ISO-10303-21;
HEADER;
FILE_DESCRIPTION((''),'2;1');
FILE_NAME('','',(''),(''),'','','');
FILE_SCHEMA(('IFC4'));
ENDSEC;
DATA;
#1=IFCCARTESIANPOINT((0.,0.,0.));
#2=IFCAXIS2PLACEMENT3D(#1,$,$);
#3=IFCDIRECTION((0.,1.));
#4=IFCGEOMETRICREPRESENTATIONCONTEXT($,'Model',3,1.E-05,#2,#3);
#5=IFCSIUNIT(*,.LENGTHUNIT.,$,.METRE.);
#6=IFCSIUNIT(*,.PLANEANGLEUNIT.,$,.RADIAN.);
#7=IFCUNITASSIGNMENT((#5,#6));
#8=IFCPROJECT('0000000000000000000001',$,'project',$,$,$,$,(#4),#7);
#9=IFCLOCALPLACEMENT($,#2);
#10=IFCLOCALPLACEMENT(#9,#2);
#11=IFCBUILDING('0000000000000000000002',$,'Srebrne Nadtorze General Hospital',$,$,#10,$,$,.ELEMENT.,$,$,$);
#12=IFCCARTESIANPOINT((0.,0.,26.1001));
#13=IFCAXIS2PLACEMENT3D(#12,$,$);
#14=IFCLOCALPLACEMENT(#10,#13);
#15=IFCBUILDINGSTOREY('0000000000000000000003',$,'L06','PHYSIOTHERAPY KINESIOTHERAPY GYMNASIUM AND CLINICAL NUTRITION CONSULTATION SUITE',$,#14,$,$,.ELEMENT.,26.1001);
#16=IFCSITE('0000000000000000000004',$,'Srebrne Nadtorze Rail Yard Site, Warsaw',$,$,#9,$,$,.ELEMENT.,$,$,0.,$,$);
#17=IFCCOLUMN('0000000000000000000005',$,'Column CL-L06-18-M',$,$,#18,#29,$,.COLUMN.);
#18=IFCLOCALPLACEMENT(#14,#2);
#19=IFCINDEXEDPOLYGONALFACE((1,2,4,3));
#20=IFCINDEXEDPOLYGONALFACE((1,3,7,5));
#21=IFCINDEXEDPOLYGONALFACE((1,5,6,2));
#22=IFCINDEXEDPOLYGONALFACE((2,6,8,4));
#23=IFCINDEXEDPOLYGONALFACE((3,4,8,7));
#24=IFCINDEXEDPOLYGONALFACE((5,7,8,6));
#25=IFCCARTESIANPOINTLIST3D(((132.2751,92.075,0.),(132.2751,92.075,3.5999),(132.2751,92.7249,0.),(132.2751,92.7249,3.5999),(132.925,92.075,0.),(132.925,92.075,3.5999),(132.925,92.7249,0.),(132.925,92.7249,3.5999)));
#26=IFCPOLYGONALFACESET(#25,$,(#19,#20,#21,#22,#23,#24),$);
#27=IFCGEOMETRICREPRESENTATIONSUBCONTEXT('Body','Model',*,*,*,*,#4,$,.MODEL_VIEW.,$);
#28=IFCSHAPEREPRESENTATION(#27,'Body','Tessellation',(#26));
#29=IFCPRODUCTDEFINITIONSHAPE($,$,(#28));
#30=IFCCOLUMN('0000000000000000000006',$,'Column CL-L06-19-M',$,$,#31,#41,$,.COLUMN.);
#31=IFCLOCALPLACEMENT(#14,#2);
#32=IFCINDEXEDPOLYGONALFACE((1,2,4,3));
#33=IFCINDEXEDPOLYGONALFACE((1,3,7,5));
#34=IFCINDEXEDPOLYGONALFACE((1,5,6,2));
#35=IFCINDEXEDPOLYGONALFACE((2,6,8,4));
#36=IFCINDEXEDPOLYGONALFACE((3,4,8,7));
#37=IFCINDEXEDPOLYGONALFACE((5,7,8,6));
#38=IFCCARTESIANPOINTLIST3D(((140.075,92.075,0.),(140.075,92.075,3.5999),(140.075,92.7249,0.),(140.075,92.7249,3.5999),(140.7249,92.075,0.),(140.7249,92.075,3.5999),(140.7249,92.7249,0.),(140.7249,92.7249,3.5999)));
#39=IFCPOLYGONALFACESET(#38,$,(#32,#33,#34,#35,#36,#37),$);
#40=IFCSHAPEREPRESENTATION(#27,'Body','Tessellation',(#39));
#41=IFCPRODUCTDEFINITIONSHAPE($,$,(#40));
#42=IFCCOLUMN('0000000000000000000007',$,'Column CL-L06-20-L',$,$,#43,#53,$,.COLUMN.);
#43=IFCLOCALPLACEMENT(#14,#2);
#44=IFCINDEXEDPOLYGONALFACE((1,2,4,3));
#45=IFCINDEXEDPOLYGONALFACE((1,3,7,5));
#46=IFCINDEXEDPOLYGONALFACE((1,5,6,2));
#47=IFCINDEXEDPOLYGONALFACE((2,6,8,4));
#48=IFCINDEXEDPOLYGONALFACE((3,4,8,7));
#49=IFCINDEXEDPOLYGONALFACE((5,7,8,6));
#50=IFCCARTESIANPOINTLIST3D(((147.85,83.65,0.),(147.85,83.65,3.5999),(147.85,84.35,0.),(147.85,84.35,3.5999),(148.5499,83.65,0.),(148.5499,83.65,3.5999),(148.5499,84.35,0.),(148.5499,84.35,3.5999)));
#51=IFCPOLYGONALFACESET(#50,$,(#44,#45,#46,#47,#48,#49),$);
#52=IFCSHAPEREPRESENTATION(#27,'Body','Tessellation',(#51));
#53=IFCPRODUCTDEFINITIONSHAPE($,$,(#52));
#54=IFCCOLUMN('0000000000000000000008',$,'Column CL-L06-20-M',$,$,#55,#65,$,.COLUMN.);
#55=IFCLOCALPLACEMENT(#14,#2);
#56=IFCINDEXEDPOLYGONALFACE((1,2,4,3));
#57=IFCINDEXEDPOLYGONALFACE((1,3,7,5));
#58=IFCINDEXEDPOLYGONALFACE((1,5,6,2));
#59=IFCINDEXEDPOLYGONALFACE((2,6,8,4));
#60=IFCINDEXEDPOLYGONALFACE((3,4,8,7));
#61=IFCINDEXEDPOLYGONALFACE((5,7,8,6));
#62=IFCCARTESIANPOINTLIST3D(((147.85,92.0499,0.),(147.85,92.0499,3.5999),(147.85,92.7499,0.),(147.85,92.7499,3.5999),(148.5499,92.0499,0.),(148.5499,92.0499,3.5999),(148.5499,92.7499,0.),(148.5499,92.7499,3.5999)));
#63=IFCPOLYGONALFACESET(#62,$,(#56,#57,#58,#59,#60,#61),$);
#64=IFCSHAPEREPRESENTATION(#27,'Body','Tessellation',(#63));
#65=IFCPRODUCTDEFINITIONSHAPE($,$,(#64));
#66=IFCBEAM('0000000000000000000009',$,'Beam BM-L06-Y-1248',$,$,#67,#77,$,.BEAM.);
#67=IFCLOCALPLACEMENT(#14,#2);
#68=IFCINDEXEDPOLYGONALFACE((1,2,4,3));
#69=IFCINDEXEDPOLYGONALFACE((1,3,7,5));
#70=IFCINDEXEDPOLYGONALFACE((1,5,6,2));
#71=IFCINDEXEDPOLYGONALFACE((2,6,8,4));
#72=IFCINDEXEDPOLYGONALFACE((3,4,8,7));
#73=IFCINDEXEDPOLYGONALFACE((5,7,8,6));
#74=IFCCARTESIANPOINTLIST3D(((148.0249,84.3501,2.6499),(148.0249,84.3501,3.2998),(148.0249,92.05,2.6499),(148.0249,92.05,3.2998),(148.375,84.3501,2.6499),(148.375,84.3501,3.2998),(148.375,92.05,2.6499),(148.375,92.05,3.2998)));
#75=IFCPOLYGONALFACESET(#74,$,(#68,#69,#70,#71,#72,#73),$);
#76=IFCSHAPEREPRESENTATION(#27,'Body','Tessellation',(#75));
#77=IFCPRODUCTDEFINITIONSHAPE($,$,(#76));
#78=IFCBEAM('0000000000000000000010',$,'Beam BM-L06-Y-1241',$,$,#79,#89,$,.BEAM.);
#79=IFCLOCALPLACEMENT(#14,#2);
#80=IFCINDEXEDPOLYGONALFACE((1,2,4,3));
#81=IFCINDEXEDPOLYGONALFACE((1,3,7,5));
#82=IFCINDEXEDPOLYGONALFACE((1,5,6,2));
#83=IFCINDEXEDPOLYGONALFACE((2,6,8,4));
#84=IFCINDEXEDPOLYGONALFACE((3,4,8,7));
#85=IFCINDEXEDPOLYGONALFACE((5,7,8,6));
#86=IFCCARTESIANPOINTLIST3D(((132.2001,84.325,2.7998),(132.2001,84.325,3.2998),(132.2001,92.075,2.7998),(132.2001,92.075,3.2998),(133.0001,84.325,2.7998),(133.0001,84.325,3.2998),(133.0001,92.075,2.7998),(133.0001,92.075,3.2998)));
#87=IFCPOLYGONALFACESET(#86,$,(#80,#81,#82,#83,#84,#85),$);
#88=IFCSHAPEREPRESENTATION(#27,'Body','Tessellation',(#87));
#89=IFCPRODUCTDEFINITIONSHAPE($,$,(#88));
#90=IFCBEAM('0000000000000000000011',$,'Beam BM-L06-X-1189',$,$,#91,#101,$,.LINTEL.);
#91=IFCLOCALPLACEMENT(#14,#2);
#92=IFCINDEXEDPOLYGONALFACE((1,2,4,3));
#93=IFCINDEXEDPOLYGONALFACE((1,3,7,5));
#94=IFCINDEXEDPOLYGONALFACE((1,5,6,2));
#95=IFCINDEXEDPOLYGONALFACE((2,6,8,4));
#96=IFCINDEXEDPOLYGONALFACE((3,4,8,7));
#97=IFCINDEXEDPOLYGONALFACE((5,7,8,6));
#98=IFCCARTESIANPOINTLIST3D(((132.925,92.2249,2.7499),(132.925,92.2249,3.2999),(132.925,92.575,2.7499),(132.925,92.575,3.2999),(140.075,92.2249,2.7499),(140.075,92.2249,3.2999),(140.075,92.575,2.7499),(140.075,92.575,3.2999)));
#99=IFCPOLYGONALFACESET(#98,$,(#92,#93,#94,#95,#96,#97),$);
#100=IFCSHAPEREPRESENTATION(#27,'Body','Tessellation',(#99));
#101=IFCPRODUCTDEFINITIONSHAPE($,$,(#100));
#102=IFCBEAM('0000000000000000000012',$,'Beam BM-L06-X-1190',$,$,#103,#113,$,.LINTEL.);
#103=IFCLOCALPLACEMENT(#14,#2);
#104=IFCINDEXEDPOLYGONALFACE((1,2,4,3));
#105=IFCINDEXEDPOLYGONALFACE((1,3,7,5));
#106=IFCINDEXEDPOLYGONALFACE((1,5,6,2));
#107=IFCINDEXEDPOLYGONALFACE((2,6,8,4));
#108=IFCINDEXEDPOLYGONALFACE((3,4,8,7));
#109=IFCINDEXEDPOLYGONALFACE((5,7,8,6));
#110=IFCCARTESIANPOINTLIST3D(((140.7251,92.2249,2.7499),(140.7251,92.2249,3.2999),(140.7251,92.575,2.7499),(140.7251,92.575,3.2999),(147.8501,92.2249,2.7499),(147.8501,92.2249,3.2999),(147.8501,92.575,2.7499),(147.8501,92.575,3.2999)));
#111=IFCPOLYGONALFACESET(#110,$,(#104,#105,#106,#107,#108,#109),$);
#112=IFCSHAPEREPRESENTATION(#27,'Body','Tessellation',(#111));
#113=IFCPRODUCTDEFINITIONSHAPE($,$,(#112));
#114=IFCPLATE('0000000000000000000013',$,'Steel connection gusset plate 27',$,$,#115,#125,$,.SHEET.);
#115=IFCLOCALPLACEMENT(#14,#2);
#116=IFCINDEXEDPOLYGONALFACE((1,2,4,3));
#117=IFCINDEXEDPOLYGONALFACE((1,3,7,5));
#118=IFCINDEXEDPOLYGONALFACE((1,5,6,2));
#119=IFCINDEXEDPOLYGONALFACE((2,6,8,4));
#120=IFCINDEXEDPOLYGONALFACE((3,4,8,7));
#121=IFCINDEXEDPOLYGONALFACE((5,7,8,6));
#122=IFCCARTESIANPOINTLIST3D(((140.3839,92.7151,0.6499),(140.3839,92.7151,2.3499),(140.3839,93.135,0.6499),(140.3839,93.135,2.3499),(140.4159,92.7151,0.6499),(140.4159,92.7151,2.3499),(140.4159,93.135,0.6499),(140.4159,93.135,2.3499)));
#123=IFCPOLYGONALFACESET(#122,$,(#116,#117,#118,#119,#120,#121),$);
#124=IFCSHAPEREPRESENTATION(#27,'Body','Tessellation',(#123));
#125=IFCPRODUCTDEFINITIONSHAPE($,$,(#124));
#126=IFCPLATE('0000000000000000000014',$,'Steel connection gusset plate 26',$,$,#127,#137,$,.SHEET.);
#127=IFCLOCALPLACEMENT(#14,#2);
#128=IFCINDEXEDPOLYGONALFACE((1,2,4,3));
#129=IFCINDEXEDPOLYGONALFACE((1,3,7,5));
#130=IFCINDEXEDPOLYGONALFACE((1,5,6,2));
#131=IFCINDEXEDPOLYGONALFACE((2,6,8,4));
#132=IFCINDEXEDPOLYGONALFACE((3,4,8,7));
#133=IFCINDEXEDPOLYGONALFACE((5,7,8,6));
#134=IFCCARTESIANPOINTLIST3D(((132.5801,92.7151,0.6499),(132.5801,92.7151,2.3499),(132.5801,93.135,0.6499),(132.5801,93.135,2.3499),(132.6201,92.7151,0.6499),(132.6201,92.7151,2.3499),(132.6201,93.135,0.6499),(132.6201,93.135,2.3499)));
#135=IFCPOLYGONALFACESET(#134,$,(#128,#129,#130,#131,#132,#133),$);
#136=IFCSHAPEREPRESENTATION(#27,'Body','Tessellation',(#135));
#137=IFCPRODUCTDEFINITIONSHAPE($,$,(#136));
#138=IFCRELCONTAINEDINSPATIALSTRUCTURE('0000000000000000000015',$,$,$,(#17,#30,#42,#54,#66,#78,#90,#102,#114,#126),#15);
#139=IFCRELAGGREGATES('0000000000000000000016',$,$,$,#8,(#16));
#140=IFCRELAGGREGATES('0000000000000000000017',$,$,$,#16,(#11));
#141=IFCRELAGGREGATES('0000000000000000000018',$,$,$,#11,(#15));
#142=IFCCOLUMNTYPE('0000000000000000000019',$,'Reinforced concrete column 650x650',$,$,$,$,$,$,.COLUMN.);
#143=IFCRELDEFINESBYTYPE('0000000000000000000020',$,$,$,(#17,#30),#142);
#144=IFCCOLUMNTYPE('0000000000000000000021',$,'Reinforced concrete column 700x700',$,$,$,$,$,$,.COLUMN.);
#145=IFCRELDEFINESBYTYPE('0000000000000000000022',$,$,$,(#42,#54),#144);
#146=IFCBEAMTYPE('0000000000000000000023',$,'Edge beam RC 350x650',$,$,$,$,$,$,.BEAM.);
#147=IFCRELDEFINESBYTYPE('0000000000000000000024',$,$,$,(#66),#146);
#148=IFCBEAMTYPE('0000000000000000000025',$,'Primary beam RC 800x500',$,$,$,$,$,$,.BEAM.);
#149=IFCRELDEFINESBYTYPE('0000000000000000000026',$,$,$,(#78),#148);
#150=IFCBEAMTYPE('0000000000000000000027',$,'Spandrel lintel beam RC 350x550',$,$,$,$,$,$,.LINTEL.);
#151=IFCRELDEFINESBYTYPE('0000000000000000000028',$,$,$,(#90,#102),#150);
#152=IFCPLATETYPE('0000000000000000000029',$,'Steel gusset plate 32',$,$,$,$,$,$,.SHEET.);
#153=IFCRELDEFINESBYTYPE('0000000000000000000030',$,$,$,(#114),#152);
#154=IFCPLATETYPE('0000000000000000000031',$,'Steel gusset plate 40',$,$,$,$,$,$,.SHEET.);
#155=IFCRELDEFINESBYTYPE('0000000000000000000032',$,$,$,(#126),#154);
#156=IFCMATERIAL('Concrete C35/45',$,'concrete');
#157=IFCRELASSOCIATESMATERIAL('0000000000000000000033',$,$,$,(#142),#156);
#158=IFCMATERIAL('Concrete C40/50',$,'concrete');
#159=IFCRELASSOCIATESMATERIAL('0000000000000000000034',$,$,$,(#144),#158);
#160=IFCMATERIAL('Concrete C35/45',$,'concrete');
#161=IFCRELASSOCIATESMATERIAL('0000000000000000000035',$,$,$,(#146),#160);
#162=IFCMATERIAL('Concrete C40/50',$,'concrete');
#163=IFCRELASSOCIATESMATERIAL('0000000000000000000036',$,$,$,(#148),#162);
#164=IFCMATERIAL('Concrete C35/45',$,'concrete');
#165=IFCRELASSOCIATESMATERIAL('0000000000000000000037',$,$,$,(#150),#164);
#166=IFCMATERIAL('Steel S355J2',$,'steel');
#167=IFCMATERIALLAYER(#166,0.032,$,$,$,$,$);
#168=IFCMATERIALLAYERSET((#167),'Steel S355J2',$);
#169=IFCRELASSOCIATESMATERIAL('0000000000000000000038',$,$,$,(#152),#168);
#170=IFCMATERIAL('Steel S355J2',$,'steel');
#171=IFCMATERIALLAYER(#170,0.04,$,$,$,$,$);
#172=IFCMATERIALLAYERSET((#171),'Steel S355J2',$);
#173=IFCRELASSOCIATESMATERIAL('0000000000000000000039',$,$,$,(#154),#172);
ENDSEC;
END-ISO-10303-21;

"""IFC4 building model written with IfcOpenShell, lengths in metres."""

from ifc_helpers import new_model, si_unit, direction, frame, origin, origin_2d, place, context, subcontext, project, spatial, rectangle, extrude, material, layer, layer_set, material_profile, profile_set, type_object, element, save


model = new_model("IFC4")

# Units and contexts
model_context = context("Model", 3, precision=1e-05, world=origin(), true_north=direction((0.0, 1.0)))
body_context = subcontext(model_context, "Body", "Model", "MODEL_VIEW")
ifc_project = project(units=[si_unit("LENGTHUNIT", "METRE"), si_unit("PLANEANGLEUNIT", "RADIAN")], contexts=[model_context])

# Site, building, storey
site_placement = place(None, origin())
site = spatial("IfcSite", under=ifc_project, at=site_placement, Name="Srebrne Nadtorze Rail Yard Site, Warsaw", CompositionType="ELEMENT", RefElevation=0.0)
building_placement = place(site_placement, origin())
building = spatial("IfcBuilding", under=site, at=building_placement, Name="Srebrne Nadtorze General Hospital", CompositionType="ELEMENT")
storey_placement = place(building_placement, frame((0.0, 0.0, 26.1001)))
storey = spatial("IfcBuildingStorey", under=building, at=storey_placement, Name="L06", Description="PHYSIOTHERAPY KINESIOTHERAPY GYMNASIUM AND CLINICAL NUTRITION CONSULTATION SUITE", CompositionType="ELEMENT", Elevation=26.1001)

# Columns
ifc_material_1 = material(Name="Concrete C35/45", Category="concrete")
ifc_material_profile_1 = material_profile(ifc_material_1, rectangle(XDim=0.6499, YDim=0.6499, at=origin_2d()), Name="RC-COL-650x650")
ifc_profile_set_1 = profile_set([ifc_material_profile_1], Name="Concrete C35/45")
column_type_1 = type_object("IfcColumnType", Name="Reinforced concrete column 650x650", PredefinedType="COLUMN", material=ifc_profile_set_1)
for number, where, z_axis, x_axis, name in (
    (1, (132.6001, 92.3999, 0.0), (0.0, 0.0, 1.0), (1.0, 0.0, 0.0), "Column CL-L06-18-M"),
    (2, (140.3999, 92.3999, 0.0), (0.0, 0.0, 1.0), (1.0, 0.0, 0.0), "Column CL-L06-19-M"),
):
    element("IfcColumn", number, at=place(storey_placement, frame(where, z_axis=z_axis, x_axis=x_axis)), inside=storey, type_object=column_type_1, Name=name, PredefinedType="COLUMN", context=body_context, shape_type="SweptSolid", body=[
        extrude(rectangle(XDim=0.6499, YDim=0.6499, at=origin_2d()), origin(), (0.0, 0.0, 1.0), 3.5999),
    ])
ifc_material_2 = material(Name="Concrete C40/50", Category="concrete")
ifc_material_profile_2 = material_profile(ifc_material_2, rectangle(XDim=0.7, YDim=0.7, at=origin_2d()), Name="RC-COL-700x700")
ifc_profile_set_2 = profile_set([ifc_material_profile_2], Name="Concrete C40/50")
column_type_2 = type_object("IfcColumnType", Name="Reinforced concrete column 700x700", PredefinedType="COLUMN", material=ifc_profile_set_2)
for number, where, z_axis, x_axis, name in (
    (3, (148.2, 84.0, 0.0), (0.0, 0.0, 1.0), (1.0, 0.0, 0.0), "Column CL-L06-20-L"),
    (4, (148.2, 92.3999, 0.0), (0.0, 0.0, 1.0), (1.0, 0.0, 0.0), "Column CL-L06-20-M"),
):
    element("IfcColumn", number, at=place(storey_placement, frame(where, z_axis=z_axis, x_axis=x_axis)), inside=storey, type_object=column_type_2, Name=name, PredefinedType="COLUMN", context=body_context, shape_type="SweptSolid", body=[
        extrude(rectangle(XDim=0.7, YDim=0.7, at=origin_2d()), origin(), (0.0, 0.0, 1.0), 3.5999),
    ])

# Beams
ifc_material_3 = material(Name="Concrete C35/45", Category="concrete")
ifc_material_profile_3 = material_profile(ifc_material_3, rectangle(XDim=0.3501, YDim=0.6499, at=origin_2d()), Name="RC-BM-350x650")
ifc_profile_set_3 = profile_set([ifc_material_profile_3], Name="Concrete C35/45")
beam_type_1 = type_object("IfcBeamType", Name="Edge beam RC 350x650", PredefinedType="BEAM", material=ifc_profile_set_3)
beam_1_placement = place(storey_placement, frame((148.2, 84.3501, 2.9749), z_axis=(0.0, 1.0, 0.0), x_axis=(-1.0, 0.0, 0.0)))
element("IfcBeam", 5, at=beam_1_placement, inside=storey, type_object=beam_type_1, Name="Beam BM-L06-Y-1248", PredefinedType="BEAM", context=body_context, shape_type="SweptSolid", body=[
    extrude(rectangle(XDim=0.3501, YDim=0.6499, at=origin_2d()), origin(), (0.0, 0.0, 1.0), 7.7),
])
ifc_material_4 = material(Name="Concrete C40/50", Category="concrete")
ifc_material_profile_4 = material_profile(ifc_material_4, rectangle(XDim=0.8, YDim=0.5, at=origin_2d()), Name="RC-BM-800x500")
ifc_profile_set_4 = profile_set([ifc_material_profile_4], Name="Concrete C40/50")
beam_type_2 = type_object("IfcBeamType", Name="Primary beam RC 800x500", PredefinedType="BEAM", material=ifc_profile_set_4)
beam_2_placement = place(storey_placement, frame((132.6001, 84.325, 3.0498), z_axis=(0.0, 1.0, 0.0), x_axis=(-1.0, 0.0, 0.0)))
element("IfcBeam", 6, at=beam_2_placement, inside=storey, type_object=beam_type_2, Name="Beam BM-L06-Y-1241", PredefinedType="BEAM", context=body_context, shape_type="SweptSolid", body=[
    extrude(rectangle(XDim=0.8, YDim=0.5, at=origin_2d()), origin(), (0.0, 0.0, 1.0), 7.75),
])
ifc_material_5 = material(Name="Concrete C35/45", Category="concrete")
ifc_material_profile_5 = material_profile(ifc_material_5, rectangle(XDim=0.3501, YDim=0.55, at=origin_2d()), Name="RC-BM-350x550")
ifc_profile_set_5 = profile_set([ifc_material_profile_5], Name="Concrete C35/45")
beam_type_3 = type_object("IfcBeamType", Name="Spandrel lintel beam RC 350x550", PredefinedType="LINTEL", material=ifc_profile_set_5)
beam_3_placement = place(storey_placement, frame((132.925, 92.3999, 3.0249), z_axis=(1.0, 0.0, 0.0), x_axis=(0.0, 1.0, 0.0)))
element("IfcBeam", 7, at=beam_3_placement, inside=storey, type_object=beam_type_3, Name="Beam BM-L06-X-1189", PredefinedType="LINTEL", context=body_context, shape_type="SweptSolid", body=[
    extrude(rectangle(XDim=0.3501, YDim=0.55, at=origin_2d()), origin(), (0.0, 0.0, 1.0), 7.1499),
])
beam_4_placement = place(storey_placement, frame((140.7251, 92.3999, 3.0249), z_axis=(1.0, 0.0, 0.0), x_axis=(0.0, 1.0, 0.0)))
element("IfcBeam", 8, at=beam_4_placement, inside=storey, type_object=beam_type_3, Name="Beam BM-L06-X-1190", PredefinedType="LINTEL", context=body_context, shape_type="SweptSolid", body=[
    extrude(rectangle(XDim=0.3501, YDim=0.55, at=origin_2d()), origin(), (0.0, 0.0, 1.0), 7.125),
])

# Plates
ifc_material_6 = material(Name="Steel S355J2", Category="steel")
ifc_layer_1 = layer(ifc_material_6, 0.032)
ifc_layer_set_1 = layer_set([ifc_layer_1], Name="Steel S355J2")
plate_type_1 = type_object("IfcPlateType", Name="Steel gusset plate 32", PredefinedType="SHEET", material=ifc_layer_set_1)
plate_1_placement = place(storey_placement, frame((140.3999, 92.925, 0.6499), z_axis=(0.0, 0.0, 1.0), x_axis=(1.0, 0.0, 0.0)))
element("IfcPlate", 9, at=plate_1_placement, inside=storey, type_object=plate_type_1, Name="Steel connection gusset plate 27", PredefinedType="SHEET", context=body_context, shape_type="SweptSolid", body=[
    extrude(rectangle(XDim=0.032, YDim=0.4199, at=origin_2d()), origin(), (0.0, 0.0, 1.0), 1.7),
])
ifc_material_7 = material(Name="Steel S355J2", Category="steel")
ifc_layer_2 = layer(ifc_material_7, 0.04)
ifc_layer_set_2 = layer_set([ifc_layer_2], Name="Steel S355J2")
plate_type_2 = type_object("IfcPlateType", Name="Steel gusset plate 40", PredefinedType="SHEET", material=ifc_layer_set_2)
plate_2_placement = place(storey_placement, frame((132.6001, 92.925, 0.6499), z_axis=(0.0, 0.0, 1.0), x_axis=(1.0, 0.0, 0.0)))
element("IfcPlate", 10, at=plate_2_placement, inside=storey, type_object=plate_type_2, Name="Steel connection gusset plate 26", PredefinedType="SHEET", context=body_context, shape_type="SweptSolid", body=[
    extrude(rectangle(XDim=0.04, YDim=0.4199, at=origin_2d()), origin(), (0.0, 0.0, 1.0), 1.7),
])

save(model, "model.ifc")
